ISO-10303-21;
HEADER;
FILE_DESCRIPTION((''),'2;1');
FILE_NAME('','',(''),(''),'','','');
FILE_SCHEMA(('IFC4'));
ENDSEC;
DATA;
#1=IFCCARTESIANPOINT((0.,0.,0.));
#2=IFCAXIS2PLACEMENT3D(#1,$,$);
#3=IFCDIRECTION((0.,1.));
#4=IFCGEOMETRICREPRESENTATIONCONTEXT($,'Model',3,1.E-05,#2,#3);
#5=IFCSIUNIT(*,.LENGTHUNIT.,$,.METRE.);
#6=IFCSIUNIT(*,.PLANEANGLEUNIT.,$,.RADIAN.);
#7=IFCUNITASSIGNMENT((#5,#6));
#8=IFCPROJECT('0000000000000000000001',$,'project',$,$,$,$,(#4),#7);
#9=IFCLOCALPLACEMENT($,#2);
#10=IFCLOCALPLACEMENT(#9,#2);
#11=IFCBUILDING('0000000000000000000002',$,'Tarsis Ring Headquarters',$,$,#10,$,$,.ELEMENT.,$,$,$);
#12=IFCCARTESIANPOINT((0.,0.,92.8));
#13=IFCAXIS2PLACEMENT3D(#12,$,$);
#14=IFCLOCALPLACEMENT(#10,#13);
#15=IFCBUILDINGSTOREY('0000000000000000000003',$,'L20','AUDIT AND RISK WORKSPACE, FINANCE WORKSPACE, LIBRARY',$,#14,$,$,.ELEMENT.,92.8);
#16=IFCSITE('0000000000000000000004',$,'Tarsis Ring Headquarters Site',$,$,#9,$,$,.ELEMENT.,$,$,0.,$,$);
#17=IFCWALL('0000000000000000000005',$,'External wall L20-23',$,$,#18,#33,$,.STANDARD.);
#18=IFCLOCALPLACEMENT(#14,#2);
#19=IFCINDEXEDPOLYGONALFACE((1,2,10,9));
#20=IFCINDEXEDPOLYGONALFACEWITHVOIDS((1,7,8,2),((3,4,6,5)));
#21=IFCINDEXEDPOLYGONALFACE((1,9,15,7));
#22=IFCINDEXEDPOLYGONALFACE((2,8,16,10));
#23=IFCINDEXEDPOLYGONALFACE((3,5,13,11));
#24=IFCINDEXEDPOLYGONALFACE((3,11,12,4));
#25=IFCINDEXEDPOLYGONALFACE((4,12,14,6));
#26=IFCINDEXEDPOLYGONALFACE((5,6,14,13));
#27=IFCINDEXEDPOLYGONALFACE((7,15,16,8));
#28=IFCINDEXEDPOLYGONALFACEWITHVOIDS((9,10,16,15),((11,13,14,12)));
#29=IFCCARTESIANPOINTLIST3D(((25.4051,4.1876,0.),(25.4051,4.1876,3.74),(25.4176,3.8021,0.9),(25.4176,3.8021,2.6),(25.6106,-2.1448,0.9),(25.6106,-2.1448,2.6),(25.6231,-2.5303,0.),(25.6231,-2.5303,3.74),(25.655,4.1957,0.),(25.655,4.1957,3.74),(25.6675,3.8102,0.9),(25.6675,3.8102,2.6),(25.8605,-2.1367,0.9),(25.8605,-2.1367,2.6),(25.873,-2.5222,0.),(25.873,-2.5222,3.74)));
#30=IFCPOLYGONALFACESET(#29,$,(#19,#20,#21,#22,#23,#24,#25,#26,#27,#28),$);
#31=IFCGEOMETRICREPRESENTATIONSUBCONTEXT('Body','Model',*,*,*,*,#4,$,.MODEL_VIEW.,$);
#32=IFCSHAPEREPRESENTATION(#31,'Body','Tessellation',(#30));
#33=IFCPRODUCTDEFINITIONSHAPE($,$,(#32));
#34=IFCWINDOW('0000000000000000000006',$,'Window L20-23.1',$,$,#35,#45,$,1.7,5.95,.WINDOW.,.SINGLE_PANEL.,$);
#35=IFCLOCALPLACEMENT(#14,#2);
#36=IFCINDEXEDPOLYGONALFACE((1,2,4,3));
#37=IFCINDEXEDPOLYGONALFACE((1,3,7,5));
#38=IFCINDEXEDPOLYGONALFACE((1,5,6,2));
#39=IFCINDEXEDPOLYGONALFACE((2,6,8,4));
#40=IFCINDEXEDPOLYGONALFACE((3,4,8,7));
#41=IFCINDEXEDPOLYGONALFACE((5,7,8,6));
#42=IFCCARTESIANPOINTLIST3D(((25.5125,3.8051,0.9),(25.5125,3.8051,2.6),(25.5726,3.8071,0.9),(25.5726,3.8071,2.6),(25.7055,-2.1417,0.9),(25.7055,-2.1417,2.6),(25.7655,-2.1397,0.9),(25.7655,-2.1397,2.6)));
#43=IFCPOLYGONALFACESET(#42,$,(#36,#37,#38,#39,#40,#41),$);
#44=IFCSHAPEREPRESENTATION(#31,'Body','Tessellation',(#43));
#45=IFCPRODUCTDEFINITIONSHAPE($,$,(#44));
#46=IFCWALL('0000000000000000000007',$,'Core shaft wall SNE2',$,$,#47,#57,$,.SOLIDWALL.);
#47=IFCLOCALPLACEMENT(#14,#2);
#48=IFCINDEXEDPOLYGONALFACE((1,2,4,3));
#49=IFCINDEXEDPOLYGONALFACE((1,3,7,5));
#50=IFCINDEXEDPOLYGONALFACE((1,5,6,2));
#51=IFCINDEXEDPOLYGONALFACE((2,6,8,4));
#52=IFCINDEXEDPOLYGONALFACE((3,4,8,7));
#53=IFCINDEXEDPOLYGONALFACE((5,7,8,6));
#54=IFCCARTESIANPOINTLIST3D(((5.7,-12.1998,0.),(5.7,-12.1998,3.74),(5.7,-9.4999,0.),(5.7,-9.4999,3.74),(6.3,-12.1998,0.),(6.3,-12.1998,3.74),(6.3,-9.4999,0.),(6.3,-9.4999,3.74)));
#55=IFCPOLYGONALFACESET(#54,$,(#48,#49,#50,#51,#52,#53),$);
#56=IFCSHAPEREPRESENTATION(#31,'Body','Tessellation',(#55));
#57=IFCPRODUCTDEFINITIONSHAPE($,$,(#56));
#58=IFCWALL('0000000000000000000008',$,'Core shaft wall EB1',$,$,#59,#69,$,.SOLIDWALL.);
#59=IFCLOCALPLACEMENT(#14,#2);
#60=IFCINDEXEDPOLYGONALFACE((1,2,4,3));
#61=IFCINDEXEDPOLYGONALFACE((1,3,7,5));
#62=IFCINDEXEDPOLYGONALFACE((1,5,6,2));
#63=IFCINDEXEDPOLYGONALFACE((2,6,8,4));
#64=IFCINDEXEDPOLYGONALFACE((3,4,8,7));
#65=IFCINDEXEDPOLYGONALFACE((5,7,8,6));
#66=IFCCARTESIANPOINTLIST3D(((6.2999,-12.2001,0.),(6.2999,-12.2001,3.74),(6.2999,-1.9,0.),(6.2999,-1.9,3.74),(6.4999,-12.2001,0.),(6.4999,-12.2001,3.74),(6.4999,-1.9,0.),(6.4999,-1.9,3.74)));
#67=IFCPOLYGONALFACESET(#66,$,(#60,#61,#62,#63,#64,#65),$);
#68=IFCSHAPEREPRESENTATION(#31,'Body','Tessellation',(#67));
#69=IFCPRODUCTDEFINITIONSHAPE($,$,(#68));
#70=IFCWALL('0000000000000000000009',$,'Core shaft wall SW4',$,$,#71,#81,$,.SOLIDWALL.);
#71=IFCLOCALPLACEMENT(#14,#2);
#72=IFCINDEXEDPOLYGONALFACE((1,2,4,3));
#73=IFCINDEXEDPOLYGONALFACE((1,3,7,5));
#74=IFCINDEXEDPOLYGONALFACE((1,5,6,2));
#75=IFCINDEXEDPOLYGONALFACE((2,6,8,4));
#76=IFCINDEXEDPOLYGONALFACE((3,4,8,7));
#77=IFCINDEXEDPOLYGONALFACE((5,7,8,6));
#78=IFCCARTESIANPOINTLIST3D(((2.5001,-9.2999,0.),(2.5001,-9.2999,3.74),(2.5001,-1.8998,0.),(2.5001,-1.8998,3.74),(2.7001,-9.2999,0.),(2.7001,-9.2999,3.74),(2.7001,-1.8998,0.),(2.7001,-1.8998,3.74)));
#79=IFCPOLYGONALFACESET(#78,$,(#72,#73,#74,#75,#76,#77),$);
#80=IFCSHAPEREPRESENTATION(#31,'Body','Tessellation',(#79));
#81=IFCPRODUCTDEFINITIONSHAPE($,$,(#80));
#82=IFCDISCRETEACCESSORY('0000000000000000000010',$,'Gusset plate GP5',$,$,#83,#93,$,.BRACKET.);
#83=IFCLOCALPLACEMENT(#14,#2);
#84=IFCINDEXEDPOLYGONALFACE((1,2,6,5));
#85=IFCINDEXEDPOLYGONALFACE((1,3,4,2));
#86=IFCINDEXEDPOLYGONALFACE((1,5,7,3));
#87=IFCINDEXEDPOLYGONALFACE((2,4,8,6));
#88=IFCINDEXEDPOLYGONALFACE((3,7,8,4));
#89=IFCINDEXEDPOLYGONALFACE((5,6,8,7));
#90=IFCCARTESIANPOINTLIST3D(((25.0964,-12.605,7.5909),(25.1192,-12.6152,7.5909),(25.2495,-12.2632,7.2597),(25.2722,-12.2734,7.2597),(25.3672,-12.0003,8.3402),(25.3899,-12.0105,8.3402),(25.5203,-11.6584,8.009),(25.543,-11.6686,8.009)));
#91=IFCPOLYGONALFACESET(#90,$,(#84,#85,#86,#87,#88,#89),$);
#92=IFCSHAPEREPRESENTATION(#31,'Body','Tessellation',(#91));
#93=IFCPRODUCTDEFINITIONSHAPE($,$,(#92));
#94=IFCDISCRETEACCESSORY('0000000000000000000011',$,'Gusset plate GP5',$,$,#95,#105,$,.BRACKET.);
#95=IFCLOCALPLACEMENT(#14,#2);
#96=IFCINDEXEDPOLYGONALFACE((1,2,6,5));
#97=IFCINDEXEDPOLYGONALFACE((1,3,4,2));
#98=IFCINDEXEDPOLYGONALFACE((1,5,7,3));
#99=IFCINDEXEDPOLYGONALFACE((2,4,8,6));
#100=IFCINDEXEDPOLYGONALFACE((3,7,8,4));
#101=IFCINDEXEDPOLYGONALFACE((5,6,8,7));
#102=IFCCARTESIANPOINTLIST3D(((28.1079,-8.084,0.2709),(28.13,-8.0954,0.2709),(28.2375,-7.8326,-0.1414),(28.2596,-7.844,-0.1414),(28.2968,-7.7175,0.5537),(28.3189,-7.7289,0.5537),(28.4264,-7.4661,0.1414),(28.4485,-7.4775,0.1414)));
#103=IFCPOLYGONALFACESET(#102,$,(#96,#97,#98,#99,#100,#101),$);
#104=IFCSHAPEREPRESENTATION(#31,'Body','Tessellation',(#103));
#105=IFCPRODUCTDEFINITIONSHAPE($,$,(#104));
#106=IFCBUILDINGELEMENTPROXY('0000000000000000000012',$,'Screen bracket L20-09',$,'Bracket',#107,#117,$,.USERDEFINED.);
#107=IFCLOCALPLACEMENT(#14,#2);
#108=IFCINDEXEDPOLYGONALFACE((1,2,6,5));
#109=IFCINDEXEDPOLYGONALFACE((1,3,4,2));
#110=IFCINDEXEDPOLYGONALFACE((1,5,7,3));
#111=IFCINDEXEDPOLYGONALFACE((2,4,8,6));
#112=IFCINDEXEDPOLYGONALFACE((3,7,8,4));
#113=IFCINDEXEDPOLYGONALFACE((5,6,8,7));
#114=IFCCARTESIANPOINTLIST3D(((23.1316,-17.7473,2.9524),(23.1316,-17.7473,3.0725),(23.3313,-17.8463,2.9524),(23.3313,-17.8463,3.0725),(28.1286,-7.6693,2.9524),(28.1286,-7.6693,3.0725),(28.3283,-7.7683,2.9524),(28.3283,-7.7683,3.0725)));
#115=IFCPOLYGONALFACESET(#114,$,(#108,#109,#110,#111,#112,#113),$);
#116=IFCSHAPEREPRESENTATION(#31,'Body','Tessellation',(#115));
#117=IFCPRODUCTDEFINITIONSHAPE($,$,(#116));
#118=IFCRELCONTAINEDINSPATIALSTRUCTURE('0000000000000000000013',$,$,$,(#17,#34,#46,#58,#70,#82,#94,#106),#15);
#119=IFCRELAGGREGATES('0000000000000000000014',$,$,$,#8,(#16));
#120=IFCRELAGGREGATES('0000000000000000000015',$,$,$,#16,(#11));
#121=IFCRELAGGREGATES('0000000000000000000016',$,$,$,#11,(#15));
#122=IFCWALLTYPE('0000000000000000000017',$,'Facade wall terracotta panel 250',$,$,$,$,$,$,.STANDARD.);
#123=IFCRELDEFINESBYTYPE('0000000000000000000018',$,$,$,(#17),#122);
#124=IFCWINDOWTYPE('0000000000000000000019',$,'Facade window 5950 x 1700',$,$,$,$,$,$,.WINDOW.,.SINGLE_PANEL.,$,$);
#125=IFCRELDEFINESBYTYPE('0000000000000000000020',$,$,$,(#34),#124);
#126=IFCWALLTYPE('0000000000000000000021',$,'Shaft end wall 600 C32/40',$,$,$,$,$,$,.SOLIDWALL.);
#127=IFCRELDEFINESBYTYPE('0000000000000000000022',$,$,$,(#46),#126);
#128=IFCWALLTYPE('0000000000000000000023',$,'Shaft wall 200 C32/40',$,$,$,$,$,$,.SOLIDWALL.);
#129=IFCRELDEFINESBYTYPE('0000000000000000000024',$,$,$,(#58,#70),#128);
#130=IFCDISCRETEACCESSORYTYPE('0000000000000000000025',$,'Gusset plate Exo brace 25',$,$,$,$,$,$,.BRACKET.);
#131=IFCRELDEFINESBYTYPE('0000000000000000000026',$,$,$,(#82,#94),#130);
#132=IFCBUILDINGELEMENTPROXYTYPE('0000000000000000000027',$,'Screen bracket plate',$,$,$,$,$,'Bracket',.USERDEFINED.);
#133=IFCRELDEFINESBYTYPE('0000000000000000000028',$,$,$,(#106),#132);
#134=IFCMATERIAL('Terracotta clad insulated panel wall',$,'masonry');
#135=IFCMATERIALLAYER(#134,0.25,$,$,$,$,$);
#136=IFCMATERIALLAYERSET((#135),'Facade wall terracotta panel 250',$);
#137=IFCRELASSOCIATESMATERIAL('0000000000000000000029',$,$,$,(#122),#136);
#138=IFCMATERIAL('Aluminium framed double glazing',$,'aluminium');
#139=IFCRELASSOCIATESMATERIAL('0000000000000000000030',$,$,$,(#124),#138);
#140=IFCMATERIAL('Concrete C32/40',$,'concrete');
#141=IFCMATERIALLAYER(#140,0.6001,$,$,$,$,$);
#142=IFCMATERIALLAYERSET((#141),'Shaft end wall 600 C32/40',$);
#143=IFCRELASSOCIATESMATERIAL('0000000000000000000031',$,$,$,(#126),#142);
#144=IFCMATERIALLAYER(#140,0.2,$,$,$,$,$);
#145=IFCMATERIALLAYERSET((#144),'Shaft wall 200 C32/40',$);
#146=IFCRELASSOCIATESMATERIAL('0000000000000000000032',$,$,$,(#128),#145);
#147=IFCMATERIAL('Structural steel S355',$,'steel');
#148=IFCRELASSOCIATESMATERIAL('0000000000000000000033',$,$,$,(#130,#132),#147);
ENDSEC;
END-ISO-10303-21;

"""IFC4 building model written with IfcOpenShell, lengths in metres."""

from ifc_helpers import new_model, si_unit, direction, frame, frame_2d, origin, origin_2d, place, context, subcontext, project, spatial, rectangle, extrude, material, layer, layer_set, material_profile, profile_set, type_object, element, fill, save


model = new_model("IFC4")

# Units and contexts
model_context = context("Model", 3, precision=1e-05, world=origin(), true_north=direction((0.0, 1.0)))
body_context = subcontext(model_context, "Body", "Model", "MODEL_VIEW")
ifc_project = project(units=[si_unit("LENGTHUNIT", "METRE"), si_unit("PLANEANGLEUNIT", "RADIAN")], contexts=[model_context])

# Site, building, storey
site_placement = place(None, origin())
site = spatial("IfcSite", under=ifc_project, at=site_placement, Name="Tarsis Ring Headquarters Site", CompositionType="ELEMENT", RefElevation=0.0)
building_placement = place(site_placement, origin())
building = spatial("IfcBuilding", under=site, at=building_placement, Name="Tarsis Ring Headquarters", CompositionType="ELEMENT")
storey_placement = place(building_placement, frame((0.0, 0.0, 92.8)))
storey = spatial("IfcBuildingStorey", under=building, at=storey_placement, Name="L20", Description="AUDIT AND RISK WORKSPACE, FINANCE WORKSPACE, LIBRARY", CompositionType="ELEMENT", Elevation=92.8)

# Shared definitions
ifc_material_1 = material(Name="Structural steel S355", Category="steel")

# Wall, opening, window
ifc_material_2 = material(Name="Terracotta clad insulated panel wall", Category="masonry")
ifc_layer_1 = layer(ifc_material_2, 0.25)
ifc_layer_set_1 = layer_set([ifc_layer_1], Name="Facade wall terracotta panel 250")
wall_type_1 = type_object("IfcWallType", Name="Facade wall terracotta panel 250", PredefinedType="STANDARD", material=ifc_layer_set_1)
ifc_material_3 = material(Name="Aluminium framed double glazing", Category="aluminium")
window_type = type_object("IfcWindowType", Name="Facade window 5950 x 1700", PartitioningType="SINGLE_PANEL", PredefinedType="WINDOW", material=ifc_material_3)
wall_1_placement = place(storey_placement, frame((25.748, -2.5264, 0.0), z_axis=(0.0, 0.0, 1.0), x_axis=(-0.032436, 0.999474, 0.0)))
wall_1 = element("IfcWall", 1, at=wall_1_placement, inside=storey, type_object=wall_type_1, Name="External wall L20-23", PredefinedType="STANDARD", context=body_context, shape_type="SweptSolid", body=[
    extrude(rectangle(XDim=6.7214, YDim=0.25, at=frame_2d((3.3608, 0.0))), origin(), (0.0, 0.0, 1.0), 3.74),
])
opening_1_placement = place(wall_1_placement, frame((0.3857, 0.0, 0.8999)))
opening_1 = element("IfcOpeningElement", 2, at=opening_1_placement, cuts=wall_1, PredefinedType="OPENING", context=body_context, shape_type="SweptSolid", body=[
    extrude(rectangle(XDim=5.95, YDim=1.7, at=frame_2d((2.9751, 0.8501))), frame((0.0, 0.135, 0.0), z_axis=(0.0, -1.0, 0.0), x_axis=(1.0, 0.0, 0.0)), (0.0, 0.0, 1.0), 0.27),
])
window_1_placement = place(opening_1_placement, origin())
window_1 = element("IfcWindow", 3, at=window_1_placement, inside=storey, type_object=window_type, Name="Window L20-23.1", OverallHeight=1.7, OverallWidth=5.95, PartitioningType="SINGLE_PANEL", PredefinedType="WINDOW", context=body_context, shape_type="SweptSolid", body=[
    extrude(rectangle(XDim=5.95, YDim=1.7, at=frame_2d((2.9751, 0.8501))), frame((0.0, 0.03, 0.0), z_axis=(0.0, -1.0, 0.0), x_axis=(1.0, 0.0, 0.0)), (0.0, 0.0, 1.0), 0.0601),
])
fill(opening_1, window_1)

# Walls
ifc_material_4 = material(Name="Concrete C32/40", Category="concrete")
ifc_layer_2 = layer(ifc_material_4, 0.6001)
ifc_layer_set_2 = layer_set([ifc_layer_2], Name="Shaft end wall 600 C32/40")
wall_type_2 = type_object("IfcWallType", Name="Shaft end wall 600 C32/40", PredefinedType="SOLIDWALL", material=ifc_layer_set_2)
wall_2_placement = place(storey_placement, frame((6.0, -12.2, 0.0), z_axis=(0.0, 0.0, 1.0), x_axis=(0.0, 1.0, 0.0)))
element("IfcWall", 4, at=wall_2_placement, inside=storey, type_object=wall_type_2, Name="Core shaft wall SNE2", PredefinedType="SOLIDWALL", context=body_context, shape_type="SweptSolid", body=[
    extrude(rectangle(XDim=2.7, YDim=0.6001, at=frame_2d((1.3501, 0.0))), origin(), (0.0, 0.0, 1.0), 3.74),
])
ifc_layer_3 = layer(ifc_material_4, 0.2)
ifc_layer_set_3 = layer_set([ifc_layer_3], Name="Shaft wall 200 C32/40")
wall_type_3 = type_object("IfcWallType", Name="Shaft wall 200 C32/40", PredefinedType="SOLIDWALL", material=ifc_layer_set_3)
wall_3_placement = place(storey_placement, frame((6.3999, -12.2, 0.0), z_axis=(0.0, 0.0, 1.0), x_axis=(0.0, 1.0, 0.0)))
element("IfcWall", 5, at=wall_3_placement, inside=storey, type_object=wall_type_3, Name="Core shaft wall EB1", PredefinedType="SOLIDWALL", context=body_context, shape_type="SweptSolid", body=[
    extrude(rectangle(XDim=10.3, YDim=0.2, at=frame_2d((5.1499, 0.0))), origin(), (0.0, 0.0, 1.0), 3.74),
])
wall_4_placement = place(storey_placement, frame((2.6001, -9.3, 0.0), z_axis=(0.0, 0.0, 1.0), x_axis=(0.0, 1.0, 0.0)))
element("IfcWall", 6, at=wall_4_placement, inside=storey, type_object=wall_type_3, Name="Core shaft wall SW4", PredefinedType="SOLIDWALL", context=body_context, shape_type="SweptSolid", body=[
    extrude(rectangle(XDim=7.4001, YDim=0.2, at=frame_2d((3.7002, 0.0))), origin(), (0.0, 0.0, 1.0), 3.74),
])

# Discrete accessories
ifc_material_profile_1 = material_profile(ifc_material_1, rectangle(XDim=0.0249, YDim=0.5, at=origin_2d()), Name="PL 25x500")
ifc_profile_set_1 = profile_set([ifc_material_profile_1], Name="Structural steel S355")
discrete_accessory_type = type_object("IfcDiscreteAccessoryType", Name="Gusset plate Exo brace 25", PredefinedType="BRACKET", material=ifc_profile_set_1)
discrete_accessory_1_placement = place(storey_placement, frame((25.1843, -12.4392, 7.4253), z_axis=(0.270696, 0.604611, 0.749112), x_axis=(-0.912699, 0.408633, 0.0)))
element("IfcDiscreteAccessory", 7, at=discrete_accessory_1_placement, inside=storey, type_object=discrete_accessory_type, Name="Gusset plate GP5", PredefinedType="BRACKET", context=body_context, shape_type="SweptSolid", body=[
    extrude(rectangle(XDim=0.0249, YDim=0.5, at=origin_2d()), origin(), (0.0, 0.0, 1.0), 1.0002),
])
discrete_accessory_2_placement = place(storey_placement, frame((28.343, -7.655, 0.0), z_axis=(-0.259238, -0.502853, 0.824581), x_axis=(0.888836, -0.458225, 0.0)))
element("IfcDiscreteAccessory", 8, at=discrete_accessory_2_placement, inside=storey, type_object=discrete_accessory_type, Name="Gusset plate GP5", PredefinedType="BRACKET", context=body_context, shape_type="SweptSolid", body=[
    extrude(rectangle(XDim=0.0249, YDim=0.5, at=origin_2d()), origin(), (0.0, 0.0, 1.0), 0.5),
])

# Building element proxy
building_element_proxy_type = type_object("IfcBuildingElementProxyType", Name="Screen bracket plate", ElementType="Bracket", PredefinedType="USERDEFINED", material=ifc_material_1)
proxy_placement = place(storey_placement, frame((25.73, -12.7578, 2.9524), z_axis=(0.0, 0.0, 1.0), x_axis=(0.444225, 0.895915, 0.0)))
element("IfcBuildingElementProxy", 9, at=proxy_placement, inside=storey, type_object=building_element_proxy_type, Name="Screen bracket L20-09", ObjectType="Bracket", PredefinedType="USERDEFINED", context=body_context, shape_type="SweptSolid", body=[
    extrude(rectangle(XDim=11.2488, YDim=0.2229, at=origin_2d()), origin(), (0.0, 0.0, 1.0), 0.1201),
])

save(model, "model.ifc")
